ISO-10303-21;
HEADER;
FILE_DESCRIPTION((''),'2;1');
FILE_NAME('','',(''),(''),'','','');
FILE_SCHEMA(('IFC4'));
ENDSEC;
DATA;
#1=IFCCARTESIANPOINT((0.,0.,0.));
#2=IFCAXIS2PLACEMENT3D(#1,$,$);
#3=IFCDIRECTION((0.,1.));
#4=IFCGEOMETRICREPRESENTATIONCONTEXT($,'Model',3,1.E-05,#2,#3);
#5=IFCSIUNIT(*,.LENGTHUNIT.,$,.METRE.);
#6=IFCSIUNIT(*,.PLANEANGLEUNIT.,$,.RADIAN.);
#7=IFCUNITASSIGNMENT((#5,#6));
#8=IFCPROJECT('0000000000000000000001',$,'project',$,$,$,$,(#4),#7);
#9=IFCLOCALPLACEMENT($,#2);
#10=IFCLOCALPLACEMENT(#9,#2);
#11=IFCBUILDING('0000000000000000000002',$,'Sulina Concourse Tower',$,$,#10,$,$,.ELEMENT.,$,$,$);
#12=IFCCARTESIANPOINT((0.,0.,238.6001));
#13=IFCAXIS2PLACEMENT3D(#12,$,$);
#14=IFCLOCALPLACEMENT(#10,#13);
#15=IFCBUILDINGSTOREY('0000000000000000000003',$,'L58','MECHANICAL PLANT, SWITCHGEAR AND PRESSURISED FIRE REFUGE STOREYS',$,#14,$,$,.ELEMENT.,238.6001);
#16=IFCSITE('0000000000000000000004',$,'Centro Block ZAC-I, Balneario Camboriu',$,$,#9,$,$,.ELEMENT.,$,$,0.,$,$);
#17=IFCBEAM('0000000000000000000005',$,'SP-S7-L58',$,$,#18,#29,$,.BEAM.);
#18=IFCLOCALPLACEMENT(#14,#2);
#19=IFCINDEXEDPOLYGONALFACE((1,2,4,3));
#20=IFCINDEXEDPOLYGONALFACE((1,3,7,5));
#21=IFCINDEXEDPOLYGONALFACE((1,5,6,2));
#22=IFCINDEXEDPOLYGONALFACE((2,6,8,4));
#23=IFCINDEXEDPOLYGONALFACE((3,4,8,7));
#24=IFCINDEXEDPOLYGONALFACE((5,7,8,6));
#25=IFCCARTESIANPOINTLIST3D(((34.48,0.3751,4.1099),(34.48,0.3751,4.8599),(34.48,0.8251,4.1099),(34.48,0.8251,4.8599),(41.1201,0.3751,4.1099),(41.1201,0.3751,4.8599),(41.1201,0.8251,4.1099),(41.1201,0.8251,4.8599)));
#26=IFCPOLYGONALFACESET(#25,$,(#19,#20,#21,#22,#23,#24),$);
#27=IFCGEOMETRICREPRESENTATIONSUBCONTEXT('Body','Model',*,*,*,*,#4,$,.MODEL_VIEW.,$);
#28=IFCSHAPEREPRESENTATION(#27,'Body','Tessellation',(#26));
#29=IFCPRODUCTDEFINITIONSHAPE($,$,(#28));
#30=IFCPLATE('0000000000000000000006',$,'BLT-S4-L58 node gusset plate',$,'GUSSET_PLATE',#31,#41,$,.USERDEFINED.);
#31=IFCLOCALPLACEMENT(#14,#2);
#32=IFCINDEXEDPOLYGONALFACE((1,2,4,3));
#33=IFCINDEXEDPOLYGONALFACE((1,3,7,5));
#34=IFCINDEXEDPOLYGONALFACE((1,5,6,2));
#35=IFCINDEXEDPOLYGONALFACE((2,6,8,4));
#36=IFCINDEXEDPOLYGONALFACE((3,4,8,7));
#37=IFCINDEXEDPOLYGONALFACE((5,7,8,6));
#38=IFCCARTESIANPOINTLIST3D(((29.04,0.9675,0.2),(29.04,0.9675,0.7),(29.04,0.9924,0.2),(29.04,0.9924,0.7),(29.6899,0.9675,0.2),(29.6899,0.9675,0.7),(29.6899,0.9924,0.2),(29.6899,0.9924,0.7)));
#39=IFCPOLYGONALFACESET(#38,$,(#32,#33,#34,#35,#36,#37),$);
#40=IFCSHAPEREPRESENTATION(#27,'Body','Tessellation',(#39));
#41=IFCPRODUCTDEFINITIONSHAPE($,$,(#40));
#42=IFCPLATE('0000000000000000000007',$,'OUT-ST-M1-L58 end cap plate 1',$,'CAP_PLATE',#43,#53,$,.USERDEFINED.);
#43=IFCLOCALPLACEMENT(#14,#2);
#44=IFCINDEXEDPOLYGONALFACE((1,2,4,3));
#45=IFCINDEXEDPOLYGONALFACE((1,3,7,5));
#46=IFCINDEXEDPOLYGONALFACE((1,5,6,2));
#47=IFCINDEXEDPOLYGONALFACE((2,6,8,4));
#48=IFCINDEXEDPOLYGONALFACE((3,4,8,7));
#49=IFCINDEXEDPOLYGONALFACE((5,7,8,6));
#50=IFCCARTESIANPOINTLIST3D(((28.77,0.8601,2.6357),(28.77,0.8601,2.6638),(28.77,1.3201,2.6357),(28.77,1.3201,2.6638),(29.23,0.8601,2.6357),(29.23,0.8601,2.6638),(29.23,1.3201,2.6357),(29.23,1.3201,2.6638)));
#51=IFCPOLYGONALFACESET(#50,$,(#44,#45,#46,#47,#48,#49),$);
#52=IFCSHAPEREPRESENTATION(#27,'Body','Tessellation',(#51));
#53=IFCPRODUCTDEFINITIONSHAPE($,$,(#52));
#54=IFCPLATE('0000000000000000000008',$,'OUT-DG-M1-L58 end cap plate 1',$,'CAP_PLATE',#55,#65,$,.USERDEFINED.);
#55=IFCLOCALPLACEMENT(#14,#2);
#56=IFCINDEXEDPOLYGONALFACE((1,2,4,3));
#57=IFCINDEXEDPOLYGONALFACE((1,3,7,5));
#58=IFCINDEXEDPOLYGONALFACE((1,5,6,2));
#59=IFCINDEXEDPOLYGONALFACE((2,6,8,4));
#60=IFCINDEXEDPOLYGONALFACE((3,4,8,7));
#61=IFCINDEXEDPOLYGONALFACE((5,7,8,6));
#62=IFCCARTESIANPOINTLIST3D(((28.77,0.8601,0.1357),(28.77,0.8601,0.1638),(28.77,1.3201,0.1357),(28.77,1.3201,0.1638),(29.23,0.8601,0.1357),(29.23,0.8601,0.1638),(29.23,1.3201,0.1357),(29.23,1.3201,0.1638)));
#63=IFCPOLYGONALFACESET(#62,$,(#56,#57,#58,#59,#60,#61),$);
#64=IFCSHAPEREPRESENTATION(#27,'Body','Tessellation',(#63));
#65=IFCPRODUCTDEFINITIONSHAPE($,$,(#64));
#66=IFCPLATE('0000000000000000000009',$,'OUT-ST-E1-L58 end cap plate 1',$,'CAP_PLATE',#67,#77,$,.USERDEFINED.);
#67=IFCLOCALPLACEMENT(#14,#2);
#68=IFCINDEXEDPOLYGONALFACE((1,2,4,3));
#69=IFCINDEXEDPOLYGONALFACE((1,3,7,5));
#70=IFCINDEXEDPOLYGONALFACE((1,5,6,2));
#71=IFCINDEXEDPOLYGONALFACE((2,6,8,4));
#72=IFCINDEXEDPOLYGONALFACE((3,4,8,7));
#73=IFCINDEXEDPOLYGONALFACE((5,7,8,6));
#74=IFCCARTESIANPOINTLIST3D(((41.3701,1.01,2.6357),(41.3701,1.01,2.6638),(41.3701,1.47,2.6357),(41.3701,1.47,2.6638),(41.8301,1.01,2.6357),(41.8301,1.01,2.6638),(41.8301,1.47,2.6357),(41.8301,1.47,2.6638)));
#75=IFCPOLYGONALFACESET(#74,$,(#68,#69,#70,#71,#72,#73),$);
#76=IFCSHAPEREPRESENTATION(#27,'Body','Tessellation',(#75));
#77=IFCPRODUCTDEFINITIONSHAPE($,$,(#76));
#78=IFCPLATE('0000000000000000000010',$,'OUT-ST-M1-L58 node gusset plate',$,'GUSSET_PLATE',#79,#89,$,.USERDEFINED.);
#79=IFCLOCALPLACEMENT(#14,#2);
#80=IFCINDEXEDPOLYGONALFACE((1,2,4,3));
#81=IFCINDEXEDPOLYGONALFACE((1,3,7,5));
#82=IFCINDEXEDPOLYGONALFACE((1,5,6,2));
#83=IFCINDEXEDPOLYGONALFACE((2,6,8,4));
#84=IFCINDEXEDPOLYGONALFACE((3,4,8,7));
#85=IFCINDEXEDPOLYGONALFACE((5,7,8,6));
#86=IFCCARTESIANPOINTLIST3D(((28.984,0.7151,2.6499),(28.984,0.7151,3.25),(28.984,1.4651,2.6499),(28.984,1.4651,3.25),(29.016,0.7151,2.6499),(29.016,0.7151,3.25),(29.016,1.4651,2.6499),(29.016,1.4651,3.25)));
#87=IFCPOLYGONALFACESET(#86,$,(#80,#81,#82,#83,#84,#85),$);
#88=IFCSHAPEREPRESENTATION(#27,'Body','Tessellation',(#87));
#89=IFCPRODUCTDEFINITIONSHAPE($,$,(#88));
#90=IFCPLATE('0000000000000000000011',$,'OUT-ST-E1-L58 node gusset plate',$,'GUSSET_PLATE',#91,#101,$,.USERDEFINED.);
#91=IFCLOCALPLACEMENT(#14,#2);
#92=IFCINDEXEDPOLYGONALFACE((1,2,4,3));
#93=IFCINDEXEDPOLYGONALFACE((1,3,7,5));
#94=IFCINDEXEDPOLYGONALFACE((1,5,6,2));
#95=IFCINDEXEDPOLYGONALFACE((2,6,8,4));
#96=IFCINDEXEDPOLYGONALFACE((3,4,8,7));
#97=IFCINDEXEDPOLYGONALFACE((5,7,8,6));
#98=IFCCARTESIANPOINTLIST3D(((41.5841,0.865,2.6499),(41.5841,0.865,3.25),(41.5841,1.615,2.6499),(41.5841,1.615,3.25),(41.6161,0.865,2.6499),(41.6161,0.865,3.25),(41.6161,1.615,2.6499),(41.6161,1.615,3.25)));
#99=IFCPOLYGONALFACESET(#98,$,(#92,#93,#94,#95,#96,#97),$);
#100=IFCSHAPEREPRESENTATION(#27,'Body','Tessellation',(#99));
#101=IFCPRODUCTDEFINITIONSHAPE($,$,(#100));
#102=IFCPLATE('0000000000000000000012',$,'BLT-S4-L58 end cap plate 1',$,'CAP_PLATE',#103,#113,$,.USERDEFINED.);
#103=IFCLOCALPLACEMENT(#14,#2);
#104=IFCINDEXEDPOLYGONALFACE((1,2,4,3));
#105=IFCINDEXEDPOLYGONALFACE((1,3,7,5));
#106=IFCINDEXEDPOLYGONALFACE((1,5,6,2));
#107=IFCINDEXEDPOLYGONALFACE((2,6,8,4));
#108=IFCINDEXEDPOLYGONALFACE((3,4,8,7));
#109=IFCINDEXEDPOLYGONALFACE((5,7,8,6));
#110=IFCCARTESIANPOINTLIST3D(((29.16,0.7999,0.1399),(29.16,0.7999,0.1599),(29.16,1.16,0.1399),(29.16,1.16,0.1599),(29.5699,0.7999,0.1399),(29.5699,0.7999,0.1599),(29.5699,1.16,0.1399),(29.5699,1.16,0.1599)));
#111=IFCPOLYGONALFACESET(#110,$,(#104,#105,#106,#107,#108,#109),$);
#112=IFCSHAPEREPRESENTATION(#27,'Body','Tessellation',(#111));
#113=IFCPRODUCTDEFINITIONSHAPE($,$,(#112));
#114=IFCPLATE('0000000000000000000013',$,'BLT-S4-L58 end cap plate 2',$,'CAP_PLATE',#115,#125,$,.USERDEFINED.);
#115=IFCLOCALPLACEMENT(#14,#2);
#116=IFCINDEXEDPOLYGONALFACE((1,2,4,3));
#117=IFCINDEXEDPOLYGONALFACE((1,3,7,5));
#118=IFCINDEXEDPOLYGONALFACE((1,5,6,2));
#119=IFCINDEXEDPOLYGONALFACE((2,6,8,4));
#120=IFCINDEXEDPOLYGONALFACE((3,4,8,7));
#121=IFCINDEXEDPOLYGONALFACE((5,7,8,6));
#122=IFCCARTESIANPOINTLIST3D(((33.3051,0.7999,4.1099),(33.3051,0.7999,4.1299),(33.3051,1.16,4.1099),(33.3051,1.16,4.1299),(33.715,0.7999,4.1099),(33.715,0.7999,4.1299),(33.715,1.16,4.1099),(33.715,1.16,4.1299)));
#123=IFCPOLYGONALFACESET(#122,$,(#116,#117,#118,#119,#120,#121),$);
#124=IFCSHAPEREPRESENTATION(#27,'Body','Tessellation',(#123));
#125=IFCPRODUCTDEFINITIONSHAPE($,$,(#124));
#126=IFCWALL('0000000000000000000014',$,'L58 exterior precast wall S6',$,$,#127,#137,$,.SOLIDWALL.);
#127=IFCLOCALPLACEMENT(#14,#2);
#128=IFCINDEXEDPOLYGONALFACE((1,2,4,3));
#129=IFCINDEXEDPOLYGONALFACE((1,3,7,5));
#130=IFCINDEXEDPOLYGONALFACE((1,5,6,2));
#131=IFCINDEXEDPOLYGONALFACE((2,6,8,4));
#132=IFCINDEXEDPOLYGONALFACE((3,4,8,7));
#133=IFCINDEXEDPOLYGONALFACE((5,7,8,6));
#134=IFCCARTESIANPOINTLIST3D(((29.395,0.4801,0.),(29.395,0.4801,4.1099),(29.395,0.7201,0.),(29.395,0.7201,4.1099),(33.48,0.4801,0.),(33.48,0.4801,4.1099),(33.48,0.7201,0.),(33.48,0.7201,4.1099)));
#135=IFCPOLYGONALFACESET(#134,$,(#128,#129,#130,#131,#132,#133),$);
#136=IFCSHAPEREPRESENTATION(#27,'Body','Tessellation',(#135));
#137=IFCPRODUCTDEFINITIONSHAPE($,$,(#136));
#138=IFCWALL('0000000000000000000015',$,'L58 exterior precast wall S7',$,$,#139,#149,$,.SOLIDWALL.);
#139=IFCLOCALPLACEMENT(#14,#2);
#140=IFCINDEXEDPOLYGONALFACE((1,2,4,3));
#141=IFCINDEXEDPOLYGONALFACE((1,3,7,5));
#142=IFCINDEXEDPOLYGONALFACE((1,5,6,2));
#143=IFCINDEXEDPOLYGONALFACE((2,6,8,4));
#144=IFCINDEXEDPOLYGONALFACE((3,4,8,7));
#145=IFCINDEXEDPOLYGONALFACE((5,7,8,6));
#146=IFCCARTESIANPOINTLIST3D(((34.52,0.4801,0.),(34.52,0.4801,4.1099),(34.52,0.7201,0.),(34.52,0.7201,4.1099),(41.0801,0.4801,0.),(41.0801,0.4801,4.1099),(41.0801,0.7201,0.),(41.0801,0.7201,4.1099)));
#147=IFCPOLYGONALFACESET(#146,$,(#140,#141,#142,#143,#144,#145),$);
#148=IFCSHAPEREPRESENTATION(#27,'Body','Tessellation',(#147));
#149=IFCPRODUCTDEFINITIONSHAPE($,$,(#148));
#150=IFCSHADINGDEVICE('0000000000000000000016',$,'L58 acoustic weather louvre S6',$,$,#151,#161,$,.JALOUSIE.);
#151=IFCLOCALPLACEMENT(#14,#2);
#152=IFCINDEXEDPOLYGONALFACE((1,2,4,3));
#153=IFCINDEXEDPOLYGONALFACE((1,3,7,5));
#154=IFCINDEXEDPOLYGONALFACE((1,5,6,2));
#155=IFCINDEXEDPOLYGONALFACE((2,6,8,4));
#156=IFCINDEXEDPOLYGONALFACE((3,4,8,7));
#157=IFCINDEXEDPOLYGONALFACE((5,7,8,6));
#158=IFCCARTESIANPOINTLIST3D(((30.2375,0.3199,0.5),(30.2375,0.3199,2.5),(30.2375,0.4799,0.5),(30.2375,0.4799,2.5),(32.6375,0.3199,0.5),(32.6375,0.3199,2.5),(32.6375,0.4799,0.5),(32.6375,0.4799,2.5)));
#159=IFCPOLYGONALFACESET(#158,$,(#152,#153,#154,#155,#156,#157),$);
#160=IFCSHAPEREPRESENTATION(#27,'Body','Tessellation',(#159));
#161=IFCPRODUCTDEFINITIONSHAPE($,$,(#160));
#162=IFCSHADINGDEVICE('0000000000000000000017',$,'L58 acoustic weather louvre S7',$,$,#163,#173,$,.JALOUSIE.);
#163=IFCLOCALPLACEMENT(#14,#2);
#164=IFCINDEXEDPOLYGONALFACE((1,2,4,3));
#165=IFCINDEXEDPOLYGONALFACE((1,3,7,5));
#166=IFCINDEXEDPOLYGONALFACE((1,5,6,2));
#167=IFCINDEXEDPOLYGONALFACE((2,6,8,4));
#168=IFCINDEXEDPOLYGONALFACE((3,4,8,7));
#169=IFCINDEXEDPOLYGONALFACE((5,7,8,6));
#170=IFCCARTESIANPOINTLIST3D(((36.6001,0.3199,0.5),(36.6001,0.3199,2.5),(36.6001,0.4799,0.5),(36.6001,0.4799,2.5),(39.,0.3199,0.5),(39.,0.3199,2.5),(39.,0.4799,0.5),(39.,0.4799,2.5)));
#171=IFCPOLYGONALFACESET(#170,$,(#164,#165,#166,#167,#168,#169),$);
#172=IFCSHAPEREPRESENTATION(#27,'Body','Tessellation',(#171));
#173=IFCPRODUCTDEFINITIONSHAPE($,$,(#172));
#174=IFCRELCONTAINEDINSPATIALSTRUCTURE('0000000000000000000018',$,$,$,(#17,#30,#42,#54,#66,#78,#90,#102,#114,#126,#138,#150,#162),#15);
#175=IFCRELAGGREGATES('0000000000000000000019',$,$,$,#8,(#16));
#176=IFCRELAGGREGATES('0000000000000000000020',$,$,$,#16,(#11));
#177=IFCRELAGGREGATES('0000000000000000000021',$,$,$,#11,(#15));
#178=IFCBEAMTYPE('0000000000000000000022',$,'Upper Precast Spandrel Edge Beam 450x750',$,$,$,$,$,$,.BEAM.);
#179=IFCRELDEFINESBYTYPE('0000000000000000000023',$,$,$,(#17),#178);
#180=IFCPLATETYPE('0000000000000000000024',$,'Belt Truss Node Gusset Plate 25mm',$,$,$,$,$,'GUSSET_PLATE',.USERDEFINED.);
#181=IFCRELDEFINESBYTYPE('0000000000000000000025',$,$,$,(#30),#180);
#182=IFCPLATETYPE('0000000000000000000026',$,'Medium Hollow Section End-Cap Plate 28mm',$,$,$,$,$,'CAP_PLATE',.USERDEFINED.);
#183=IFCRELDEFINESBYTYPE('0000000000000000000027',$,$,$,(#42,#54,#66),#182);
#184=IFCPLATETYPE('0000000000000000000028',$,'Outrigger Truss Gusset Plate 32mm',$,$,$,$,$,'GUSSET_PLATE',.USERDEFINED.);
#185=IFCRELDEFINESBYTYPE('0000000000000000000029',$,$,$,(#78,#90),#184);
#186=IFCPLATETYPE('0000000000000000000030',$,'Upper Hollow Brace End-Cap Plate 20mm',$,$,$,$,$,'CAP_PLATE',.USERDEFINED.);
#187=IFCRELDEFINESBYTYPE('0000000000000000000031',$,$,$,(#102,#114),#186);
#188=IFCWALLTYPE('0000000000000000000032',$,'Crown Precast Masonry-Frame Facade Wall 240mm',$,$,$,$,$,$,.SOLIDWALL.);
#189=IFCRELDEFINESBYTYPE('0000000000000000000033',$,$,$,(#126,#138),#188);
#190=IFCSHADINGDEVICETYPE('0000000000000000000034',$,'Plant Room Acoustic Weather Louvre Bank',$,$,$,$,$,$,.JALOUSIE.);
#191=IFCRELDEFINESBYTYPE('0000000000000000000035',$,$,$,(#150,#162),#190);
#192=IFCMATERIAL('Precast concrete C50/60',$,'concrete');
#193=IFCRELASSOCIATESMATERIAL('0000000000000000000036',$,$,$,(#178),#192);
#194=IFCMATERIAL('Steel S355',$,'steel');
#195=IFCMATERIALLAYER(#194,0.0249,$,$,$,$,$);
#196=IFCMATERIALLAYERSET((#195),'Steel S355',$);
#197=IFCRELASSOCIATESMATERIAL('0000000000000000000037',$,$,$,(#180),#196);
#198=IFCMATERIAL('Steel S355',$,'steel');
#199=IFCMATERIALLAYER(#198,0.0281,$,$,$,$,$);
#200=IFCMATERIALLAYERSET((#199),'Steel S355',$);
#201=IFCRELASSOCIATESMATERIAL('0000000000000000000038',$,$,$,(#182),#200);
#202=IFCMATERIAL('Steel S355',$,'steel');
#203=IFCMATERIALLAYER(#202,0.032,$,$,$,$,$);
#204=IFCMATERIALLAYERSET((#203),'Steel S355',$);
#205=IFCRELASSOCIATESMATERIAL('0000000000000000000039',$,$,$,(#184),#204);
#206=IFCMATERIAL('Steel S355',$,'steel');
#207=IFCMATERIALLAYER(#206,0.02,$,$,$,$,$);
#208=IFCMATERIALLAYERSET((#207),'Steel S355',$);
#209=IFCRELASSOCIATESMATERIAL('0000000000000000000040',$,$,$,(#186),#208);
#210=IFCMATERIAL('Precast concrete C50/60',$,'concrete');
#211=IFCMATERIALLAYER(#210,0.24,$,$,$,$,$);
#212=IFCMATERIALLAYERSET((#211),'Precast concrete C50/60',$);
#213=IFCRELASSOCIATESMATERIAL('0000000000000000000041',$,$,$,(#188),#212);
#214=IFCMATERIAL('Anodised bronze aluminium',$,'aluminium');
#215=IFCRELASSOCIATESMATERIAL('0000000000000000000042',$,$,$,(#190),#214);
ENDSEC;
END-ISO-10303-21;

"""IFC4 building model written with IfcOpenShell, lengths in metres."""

from ifc_helpers import new_model, si_unit, direction, frame, frame_2d, origin, origin_2d, place, context, subcontext, project, spatial, rectangle, extrude, material, layer, layer_set, material_profile, profile_set, type_object, element, save


model = new_model("IFC4")

# Units and contexts
model_context = context("Model", 3, precision=1e-05, world=origin(), true_north=direction((0.0, 1.0)))
body_context = subcontext(model_context, "Body", "Model", "MODEL_VIEW")
ifc_project = project(units=[si_unit("LENGTHUNIT", "METRE"), si_unit("PLANEANGLEUNIT", "RADIAN")], contexts=[model_context])

# Site, building, storey
site_placement = place(None, origin())
site = spatial("IfcSite", under=ifc_project, at=site_placement, Name="Centro Block ZAC-I, Balneario Camboriu", CompositionType="ELEMENT", RefElevation=0.0)
building_placement = place(site_placement, origin())
building = spatial("IfcBuilding", under=site, at=building_placement, Name="Sulina Concourse Tower", CompositionType="ELEMENT")
storey_placement = place(building_placement, frame((0.0, 0.0, 238.6001)))
storey = spatial("IfcBuildingStorey", under=building, at=storey_placement, Name="L58", Description="MECHANICAL PLANT, SWITCHGEAR AND PRESSURISED FIRE REFUGE STOREYS", CompositionType="ELEMENT", Elevation=238.6001)

# Beam
ifc_material_1 = material(Name="Precast concrete C50/60", Category="concrete")
ifc_material_profile_1 = material_profile(ifc_material_1, rectangle(XDim=0.45, YDim=0.75, at=origin_2d()), Name="RC 450x750")
ifc_profile_set_1 = profile_set([ifc_material_profile_1], Name="Precast concrete C50/60")
beam_type_1 = type_object("IfcBeamType", Name="Upper Precast Spandrel Edge Beam 450x750", PredefinedType="BEAM", material=ifc_profile_set_1)
beam_1_placement = place(storey_placement, frame((34.48, 0.6001, 4.4849), z_axis=(1.0, 0.0, 0.0), x_axis=(0.0, 1.0, 0.0)))
element("IfcBeam", 1, at=beam_1_placement, inside=storey, type_object=beam_type_1, Name="SP-S7-L58", PredefinedType="BEAM", context=body_context, shape_type="SweptSolid", body=[
    extrude(rectangle(XDim=0.45, YDim=0.75, at=origin_2d()), origin(), (0.0, 0.0, 1.0), 6.6401),
])

# Plates
ifc_material_2 = material(Name="Steel S355", Category="steel")
ifc_layer_1 = layer(ifc_material_2, 0.0249)
ifc_layer_set_1 = layer_set([ifc_layer_1], Name="Steel S355")
plate_type_1 = type_object("IfcPlateType", Name="Belt Truss Node Gusset Plate 25mm", ElementType="GUSSET_PLATE", PredefinedType="USERDEFINED", material=ifc_layer_set_1)
plate_placement = place(storey_placement, frame((29.365, 0.98, 0.2), z_axis=(0.0, 0.0, 1.0), x_axis=(1.0, 0.0, 0.0)))
element("IfcPlate", 2, at=plate_placement, inside=storey, type_object=plate_type_1, Name="BLT-S4-L58 node gusset plate", ObjectType="GUSSET_PLATE", PredefinedType="USERDEFINED", context=body_context, shape_type="SweptSolid", body=[
    extrude(rectangle(XDim=0.6499, YDim=0.0249, at=origin_2d()), origin(), (0.0, 0.0, 1.0), 0.5),
])
ifc_material_3 = material(Name="Steel S355", Category="steel")
ifc_layer_2 = layer(ifc_material_3, 0.0281)
ifc_layer_set_2 = layer_set([ifc_layer_2], Name="Steel S355")
plate_type_2 = type_object("IfcPlateType", Name="Medium Hollow Section End-Cap Plate 28mm", ElementType="CAP_PLATE", PredefinedType="USERDEFINED", material=ifc_layer_set_2)
for number, where, z_axis, x_axis, name in (
    (3, (29.0, 1.0901, 2.6357), (0.0, 0.0, 1.0), (1.0, 0.0, 0.0), "OUT-ST-M1-L58 end cap plate 1"),
    (4, (29.0, 1.0901, 0.1357), (0.0, 0.0, 1.0), (1.0, 0.0, 0.0), "OUT-DG-M1-L58 end cap plate 1"),
    (5, (41.6001, 1.24, 2.6357), (0.0, 0.0, 1.0), (1.0, 0.0, 0.0), "OUT-ST-E1-L58 end cap plate 1"),
):
    element("IfcPlate", number, at=place(storey_placement, frame(where, z_axis=z_axis, x_axis=x_axis)), inside=storey, type_object=plate_type_2, Name=name, ObjectType="CAP_PLATE", PredefinedType="USERDEFINED", context=body_context, shape_type="SweptSolid", body=[
        extrude(rectangle(XDim=0.46, YDim=0.46, at=origin_2d()), origin(), (0.0, 0.0, 1.0), 0.0281),
    ])
ifc_material_4 = material(Name="Steel S355", Category="steel")
ifc_layer_3 = layer(ifc_material_4, 0.032)
ifc_layer_set_3 = layer_set([ifc_layer_3], Name="Steel S355")
plate_type_3 = type_object("IfcPlateType", Name="Outrigger Truss Gusset Plate 32mm", ElementType="GUSSET_PLATE", PredefinedType="USERDEFINED", material=ifc_layer_set_3)
for number, where, z_axis, x_axis, name in (
    (6, (29.0, 1.0901, 2.6499), (0.0, 0.0, 1.0), (1.0, 0.0, 0.0), "OUT-ST-M1-L58 node gusset plate"),
    (7, (41.6001, 1.24, 2.6499), (0.0, 0.0, 1.0), (1.0, 0.0, 0.0), "OUT-ST-E1-L58 node gusset plate"),
):
    element("IfcPlate", number, at=place(storey_placement, frame(where, z_axis=z_axis, x_axis=x_axis)), inside=storey, type_object=plate_type_3, Name=name, ObjectType="GUSSET_PLATE", PredefinedType="USERDEFINED", context=body_context, shape_type="SweptSolid", body=[
        extrude(rectangle(XDim=0.032, YDim=0.75, at=origin_2d()), origin(), (0.0, 0.0, 1.0), 0.6001),
    ])
ifc_material_5 = material(Name="Steel S355", Category="steel")
ifc_layer_4 = layer(ifc_material_5, 0.02)
ifc_layer_set_4 = layer_set([ifc_layer_4], Name="Steel S355")
plate_type_4 = type_object("IfcPlateType", Name="Upper Hollow Brace End-Cap Plate 20mm", ElementType="CAP_PLATE", PredefinedType="USERDEFINED", material=ifc_layer_set_4)
for number, where, z_axis, x_axis, name in (
    (8, (29.365, 0.98, 0.1399), (0.0, 0.0, 1.0), (1.0, 0.0, 0.0), "BLT-S4-L58 end cap plate 1"),
    (9, (33.51, 0.98, 4.1099), (0.0, 0.0, 1.0), (1.0, 0.0, 0.0), "BLT-S4-L58 end cap plate 2"),
):
    element("IfcPlate", number, at=place(storey_placement, frame(where, z_axis=z_axis, x_axis=x_axis)), inside=storey, type_object=plate_type_4, Name=name, ObjectType="CAP_PLATE", PredefinedType="USERDEFINED", context=body_context, shape_type="SweptSolid", body=[
        extrude(rectangle(XDim=0.4099, YDim=0.3601, at=origin_2d()), origin(), (0.0, 0.0, 1.0), 0.02),
    ])

# Walls
ifc_material_6 = material(Name="Precast concrete C50/60", Category="concrete")
ifc_layer_5 = layer(ifc_material_6, 0.24)
ifc_layer_set_5 = layer_set([ifc_layer_5], Name="Precast concrete C50/60")
wall_type = type_object("IfcWallType", Name="Crown Precast Masonry-Frame Facade Wall 240mm", PredefinedType="SOLIDWALL", material=ifc_layer_set_5)
wall_1_placement = place(storey_placement, frame((33.48, 0.6001, 0.0), z_axis=(0.0, 0.0, 1.0), x_axis=(-1.0, 0.0, 0.0)))
element("IfcWall", 10, at=wall_1_placement, inside=storey, type_object=wall_type, Name="L58 exterior precast wall S6", PredefinedType="SOLIDWALL", context=body_context, shape_type="SweptSolid", body=[
    extrude(rectangle(XDim=4.085, YDim=0.24, at=frame_2d((2.0425, 0.0))), origin(), (0.0, 0.0, 1.0), 4.1099),
])
wall_2_placement = place(storey_placement, frame((41.0801, 0.6001, 0.0), z_axis=(0.0, 0.0, 1.0), x_axis=(-1.0, 0.0, 0.0)))
element("IfcWall", 11, at=wall_2_placement, inside=storey, type_object=wall_type, Name="L58 exterior precast wall S7", PredefinedType="SOLIDWALL", context=body_context, shape_type="SweptSolid", body=[
    extrude(rectangle(XDim=6.5601, YDim=0.24, at=frame_2d((3.28, 0.0))), origin(), (0.0, 0.0, 1.0), 4.1099),
])

# Shading devices
ifc_material_7 = material(Name="Anodised bronze aluminium", Category="aluminium")
shading_device_type = type_object("IfcShadingDeviceType", Name="Plant Room Acoustic Weather Louvre Bank", PredefinedType="JALOUSIE", material=ifc_material_7)
for number, where, z_axis, x_axis, name in (
    (12, (31.4375, 0.3999, 0.5), (0.0, 0.0, 1.0), (1.0, 0.0, 0.0), "L58 acoustic weather louvre S6"),
    (13, (37.8, 0.3999, 0.5), (0.0, 0.0, 1.0), (1.0, 0.0, 0.0), "L58 acoustic weather louvre S7"),
):
    element("IfcShadingDevice", number, at=place(storey_placement, frame(where, z_axis=z_axis, x_axis=x_axis)), inside=storey, type_object=shading_device_type, Name=name, PredefinedType="JALOUSIE", context=body_context, shape_type="SweptSolid", body=[
        extrude(rectangle(XDim=2.3999, YDim=0.1599, at=origin_2d()), origin(), (0.0, 0.0, 1.0), 2.0),
    ])

save(model, "model.ifc")
